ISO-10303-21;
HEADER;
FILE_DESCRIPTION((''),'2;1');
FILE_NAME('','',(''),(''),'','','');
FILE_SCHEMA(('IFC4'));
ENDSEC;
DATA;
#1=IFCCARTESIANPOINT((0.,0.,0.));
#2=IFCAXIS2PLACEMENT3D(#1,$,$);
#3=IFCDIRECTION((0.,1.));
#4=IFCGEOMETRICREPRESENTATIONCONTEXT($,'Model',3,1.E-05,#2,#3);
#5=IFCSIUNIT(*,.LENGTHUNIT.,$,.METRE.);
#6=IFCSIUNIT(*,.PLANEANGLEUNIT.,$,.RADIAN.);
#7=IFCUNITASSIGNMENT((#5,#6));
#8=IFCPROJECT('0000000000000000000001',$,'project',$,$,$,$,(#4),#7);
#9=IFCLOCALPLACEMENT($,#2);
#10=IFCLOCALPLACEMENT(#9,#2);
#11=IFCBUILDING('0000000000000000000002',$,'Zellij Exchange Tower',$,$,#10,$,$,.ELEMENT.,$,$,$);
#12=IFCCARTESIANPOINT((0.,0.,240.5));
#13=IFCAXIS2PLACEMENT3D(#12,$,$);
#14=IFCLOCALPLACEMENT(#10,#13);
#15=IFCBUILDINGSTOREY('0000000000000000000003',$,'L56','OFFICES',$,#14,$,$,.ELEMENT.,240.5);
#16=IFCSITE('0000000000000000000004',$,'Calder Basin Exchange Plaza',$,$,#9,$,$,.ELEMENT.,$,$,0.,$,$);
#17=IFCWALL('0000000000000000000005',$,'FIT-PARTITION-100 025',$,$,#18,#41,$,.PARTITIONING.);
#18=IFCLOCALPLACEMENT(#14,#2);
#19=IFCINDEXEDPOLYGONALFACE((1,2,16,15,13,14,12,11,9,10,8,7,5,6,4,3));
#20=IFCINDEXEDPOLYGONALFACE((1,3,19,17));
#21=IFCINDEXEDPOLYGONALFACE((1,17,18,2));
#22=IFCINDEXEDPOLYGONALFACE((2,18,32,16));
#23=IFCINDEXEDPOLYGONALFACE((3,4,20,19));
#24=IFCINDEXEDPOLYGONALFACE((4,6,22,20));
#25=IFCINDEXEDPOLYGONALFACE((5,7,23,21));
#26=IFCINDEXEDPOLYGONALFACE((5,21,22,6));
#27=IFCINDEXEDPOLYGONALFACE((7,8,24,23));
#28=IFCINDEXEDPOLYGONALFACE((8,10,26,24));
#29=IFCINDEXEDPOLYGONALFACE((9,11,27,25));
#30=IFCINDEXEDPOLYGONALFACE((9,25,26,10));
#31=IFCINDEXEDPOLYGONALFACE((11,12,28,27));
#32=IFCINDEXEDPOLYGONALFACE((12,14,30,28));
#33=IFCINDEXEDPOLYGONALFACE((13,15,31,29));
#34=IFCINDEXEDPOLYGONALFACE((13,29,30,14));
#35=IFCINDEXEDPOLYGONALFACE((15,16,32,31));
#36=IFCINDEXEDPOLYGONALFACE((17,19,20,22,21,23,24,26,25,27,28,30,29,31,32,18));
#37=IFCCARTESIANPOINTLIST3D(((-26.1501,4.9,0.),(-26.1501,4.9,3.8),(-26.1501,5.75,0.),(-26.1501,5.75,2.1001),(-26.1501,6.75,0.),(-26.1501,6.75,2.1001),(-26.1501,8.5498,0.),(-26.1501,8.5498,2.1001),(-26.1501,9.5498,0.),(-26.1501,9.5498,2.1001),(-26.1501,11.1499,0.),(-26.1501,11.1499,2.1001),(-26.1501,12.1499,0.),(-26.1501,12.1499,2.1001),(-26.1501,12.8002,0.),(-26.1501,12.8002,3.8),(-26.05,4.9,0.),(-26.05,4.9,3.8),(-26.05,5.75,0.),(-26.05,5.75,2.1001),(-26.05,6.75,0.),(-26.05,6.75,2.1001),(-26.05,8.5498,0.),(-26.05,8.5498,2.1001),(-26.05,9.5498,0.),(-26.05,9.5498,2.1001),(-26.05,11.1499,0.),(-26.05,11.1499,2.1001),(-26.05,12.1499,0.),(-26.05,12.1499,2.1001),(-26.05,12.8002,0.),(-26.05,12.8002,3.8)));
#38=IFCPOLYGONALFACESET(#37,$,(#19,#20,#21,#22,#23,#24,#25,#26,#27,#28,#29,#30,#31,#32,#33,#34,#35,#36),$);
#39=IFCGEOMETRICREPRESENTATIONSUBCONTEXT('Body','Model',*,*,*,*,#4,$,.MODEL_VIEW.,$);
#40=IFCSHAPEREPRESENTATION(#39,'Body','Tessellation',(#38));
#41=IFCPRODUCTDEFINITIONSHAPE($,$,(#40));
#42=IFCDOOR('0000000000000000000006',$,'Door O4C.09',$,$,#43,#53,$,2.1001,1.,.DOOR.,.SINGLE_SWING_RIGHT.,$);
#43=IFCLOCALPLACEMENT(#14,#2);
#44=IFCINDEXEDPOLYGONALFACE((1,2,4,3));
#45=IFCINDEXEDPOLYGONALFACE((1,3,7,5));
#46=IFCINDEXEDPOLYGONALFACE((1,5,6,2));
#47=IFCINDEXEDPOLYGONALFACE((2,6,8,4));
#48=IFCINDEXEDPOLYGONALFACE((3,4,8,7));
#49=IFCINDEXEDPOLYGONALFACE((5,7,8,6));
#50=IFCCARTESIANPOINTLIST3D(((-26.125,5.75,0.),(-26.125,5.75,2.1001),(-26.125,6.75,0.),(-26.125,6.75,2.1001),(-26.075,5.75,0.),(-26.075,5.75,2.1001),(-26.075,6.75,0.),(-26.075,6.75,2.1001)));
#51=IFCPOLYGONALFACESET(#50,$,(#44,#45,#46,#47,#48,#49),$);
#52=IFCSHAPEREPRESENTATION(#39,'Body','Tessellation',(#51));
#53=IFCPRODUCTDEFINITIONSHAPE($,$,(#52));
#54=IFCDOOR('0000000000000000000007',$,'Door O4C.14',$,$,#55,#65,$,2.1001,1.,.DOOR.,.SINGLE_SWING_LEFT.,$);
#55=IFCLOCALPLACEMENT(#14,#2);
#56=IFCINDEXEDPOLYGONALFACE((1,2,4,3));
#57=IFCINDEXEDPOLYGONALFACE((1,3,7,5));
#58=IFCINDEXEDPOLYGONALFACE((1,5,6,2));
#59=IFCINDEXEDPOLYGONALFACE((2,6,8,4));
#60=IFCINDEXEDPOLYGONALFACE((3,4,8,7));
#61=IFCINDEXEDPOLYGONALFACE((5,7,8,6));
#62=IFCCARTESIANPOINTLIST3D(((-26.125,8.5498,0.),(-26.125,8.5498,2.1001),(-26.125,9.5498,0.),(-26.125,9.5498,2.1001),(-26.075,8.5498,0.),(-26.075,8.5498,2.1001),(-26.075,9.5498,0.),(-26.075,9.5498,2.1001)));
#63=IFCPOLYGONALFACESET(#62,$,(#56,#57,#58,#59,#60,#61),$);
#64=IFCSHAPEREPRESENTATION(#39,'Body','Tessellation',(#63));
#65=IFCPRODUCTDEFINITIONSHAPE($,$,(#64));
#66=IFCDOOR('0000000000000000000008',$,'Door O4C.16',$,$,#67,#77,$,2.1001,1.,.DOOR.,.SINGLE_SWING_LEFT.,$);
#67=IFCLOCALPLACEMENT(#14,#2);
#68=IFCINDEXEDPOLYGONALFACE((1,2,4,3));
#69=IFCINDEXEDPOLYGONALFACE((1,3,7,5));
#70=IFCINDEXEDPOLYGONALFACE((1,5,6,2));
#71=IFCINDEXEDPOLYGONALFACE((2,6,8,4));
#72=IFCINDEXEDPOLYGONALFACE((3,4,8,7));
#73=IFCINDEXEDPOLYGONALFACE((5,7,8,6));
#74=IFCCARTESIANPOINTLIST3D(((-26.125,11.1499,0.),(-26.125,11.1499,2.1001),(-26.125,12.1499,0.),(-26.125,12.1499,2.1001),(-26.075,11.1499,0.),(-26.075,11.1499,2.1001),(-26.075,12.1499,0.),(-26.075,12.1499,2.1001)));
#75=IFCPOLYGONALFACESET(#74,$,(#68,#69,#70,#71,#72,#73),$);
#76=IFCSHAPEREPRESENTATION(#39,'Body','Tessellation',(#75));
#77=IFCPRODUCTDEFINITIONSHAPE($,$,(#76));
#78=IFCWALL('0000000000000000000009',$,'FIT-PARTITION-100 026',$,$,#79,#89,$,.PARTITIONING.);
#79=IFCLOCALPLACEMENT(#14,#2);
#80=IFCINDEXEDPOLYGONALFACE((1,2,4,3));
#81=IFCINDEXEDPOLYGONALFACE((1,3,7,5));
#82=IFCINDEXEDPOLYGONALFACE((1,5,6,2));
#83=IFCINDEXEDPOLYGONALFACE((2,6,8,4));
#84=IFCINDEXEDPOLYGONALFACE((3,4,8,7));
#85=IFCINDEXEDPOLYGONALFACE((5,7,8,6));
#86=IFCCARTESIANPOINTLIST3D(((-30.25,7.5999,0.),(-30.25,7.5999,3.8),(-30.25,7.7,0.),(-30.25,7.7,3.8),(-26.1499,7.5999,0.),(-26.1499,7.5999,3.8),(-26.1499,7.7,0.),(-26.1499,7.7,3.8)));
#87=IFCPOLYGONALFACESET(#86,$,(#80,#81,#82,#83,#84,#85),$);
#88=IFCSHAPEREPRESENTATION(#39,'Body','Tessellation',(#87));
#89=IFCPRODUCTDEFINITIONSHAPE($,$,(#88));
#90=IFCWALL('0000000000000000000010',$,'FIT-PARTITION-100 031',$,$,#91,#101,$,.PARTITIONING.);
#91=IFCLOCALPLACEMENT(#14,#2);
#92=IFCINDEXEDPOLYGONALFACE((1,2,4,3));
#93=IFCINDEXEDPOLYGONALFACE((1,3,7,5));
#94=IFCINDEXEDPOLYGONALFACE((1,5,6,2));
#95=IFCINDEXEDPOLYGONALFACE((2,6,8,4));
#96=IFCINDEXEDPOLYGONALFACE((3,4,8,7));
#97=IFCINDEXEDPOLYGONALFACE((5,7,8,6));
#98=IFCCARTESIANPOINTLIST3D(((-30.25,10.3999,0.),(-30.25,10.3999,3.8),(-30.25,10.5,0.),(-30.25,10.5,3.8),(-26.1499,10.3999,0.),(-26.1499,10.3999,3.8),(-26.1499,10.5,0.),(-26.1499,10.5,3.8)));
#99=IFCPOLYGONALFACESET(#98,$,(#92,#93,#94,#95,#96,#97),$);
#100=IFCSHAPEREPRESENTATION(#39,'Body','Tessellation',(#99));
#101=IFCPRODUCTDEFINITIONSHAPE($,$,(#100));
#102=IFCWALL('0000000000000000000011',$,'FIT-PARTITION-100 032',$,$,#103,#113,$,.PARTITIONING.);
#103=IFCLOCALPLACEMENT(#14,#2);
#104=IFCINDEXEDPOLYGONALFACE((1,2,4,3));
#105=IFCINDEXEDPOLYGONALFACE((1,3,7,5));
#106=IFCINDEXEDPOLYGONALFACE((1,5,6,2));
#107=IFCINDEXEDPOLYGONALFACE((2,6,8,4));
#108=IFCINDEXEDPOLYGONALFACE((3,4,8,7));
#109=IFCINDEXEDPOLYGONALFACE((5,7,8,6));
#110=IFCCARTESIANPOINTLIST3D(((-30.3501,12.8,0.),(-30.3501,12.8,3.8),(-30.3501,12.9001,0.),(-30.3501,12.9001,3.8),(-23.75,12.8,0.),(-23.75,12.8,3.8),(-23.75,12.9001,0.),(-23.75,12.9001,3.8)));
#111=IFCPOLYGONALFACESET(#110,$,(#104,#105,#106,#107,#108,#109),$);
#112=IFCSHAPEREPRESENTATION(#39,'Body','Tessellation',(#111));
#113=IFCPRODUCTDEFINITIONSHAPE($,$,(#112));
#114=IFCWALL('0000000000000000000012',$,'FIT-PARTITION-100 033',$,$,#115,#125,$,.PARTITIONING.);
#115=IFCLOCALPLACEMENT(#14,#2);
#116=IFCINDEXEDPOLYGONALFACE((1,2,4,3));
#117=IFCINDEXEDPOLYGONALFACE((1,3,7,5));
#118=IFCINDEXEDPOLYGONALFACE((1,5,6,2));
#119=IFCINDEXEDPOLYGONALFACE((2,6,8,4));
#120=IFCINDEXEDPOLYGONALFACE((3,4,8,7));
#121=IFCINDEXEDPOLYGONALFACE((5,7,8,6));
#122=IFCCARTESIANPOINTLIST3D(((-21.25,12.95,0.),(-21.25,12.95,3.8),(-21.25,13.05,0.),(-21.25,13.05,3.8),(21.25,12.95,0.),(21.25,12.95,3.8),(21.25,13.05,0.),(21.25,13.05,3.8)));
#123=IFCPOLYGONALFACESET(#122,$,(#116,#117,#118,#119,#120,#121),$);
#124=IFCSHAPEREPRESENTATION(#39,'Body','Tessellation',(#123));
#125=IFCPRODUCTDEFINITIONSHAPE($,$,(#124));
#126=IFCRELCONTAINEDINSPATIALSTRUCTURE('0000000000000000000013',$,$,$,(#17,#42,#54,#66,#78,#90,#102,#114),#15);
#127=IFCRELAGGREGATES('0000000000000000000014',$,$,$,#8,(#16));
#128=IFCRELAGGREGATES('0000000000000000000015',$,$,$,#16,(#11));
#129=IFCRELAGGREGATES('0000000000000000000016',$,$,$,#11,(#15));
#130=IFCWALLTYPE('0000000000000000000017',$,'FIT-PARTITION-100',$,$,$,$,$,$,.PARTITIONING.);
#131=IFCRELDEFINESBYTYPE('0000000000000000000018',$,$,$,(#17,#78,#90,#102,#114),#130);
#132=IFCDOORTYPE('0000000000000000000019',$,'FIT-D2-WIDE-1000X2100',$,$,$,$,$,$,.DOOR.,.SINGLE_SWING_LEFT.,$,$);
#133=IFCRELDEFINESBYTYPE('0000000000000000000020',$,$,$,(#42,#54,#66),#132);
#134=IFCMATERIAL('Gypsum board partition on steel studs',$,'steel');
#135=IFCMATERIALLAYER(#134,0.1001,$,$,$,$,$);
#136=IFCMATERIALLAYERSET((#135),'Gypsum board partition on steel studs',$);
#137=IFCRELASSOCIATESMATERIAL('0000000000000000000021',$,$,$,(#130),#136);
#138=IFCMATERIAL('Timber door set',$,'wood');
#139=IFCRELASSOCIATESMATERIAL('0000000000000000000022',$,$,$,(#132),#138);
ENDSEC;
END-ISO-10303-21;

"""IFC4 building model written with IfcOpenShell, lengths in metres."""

from ifc_helpers import new_model, si_unit, direction, frame, frame_2d, origin, place, context, subcontext, project, spatial, rectangle, extrude, material, layer, layer_set, type_object, element, fill, save


model = new_model("IFC4")

# Units and contexts
model_context = context("Model", 3, precision=1e-05, world=origin(), true_north=direction((0.0, 1.0)))
body_context = subcontext(model_context, "Body", "Model", "MODEL_VIEW")
ifc_project = project(units=[si_unit("LENGTHUNIT", "METRE"), si_unit("PLANEANGLEUNIT", "RADIAN")], contexts=[model_context])

# Site, building, storey
site_placement = place(None, origin())
site = spatial("IfcSite", under=ifc_project, at=site_placement, Name="Calder Basin Exchange Plaza", CompositionType="ELEMENT", RefElevation=0.0)
building_placement = place(site_placement, origin())
building = spatial("IfcBuilding", under=site, at=building_placement, Name="Zellij Exchange Tower", CompositionType="ELEMENT")
storey_placement = place(building_placement, frame((0.0, 0.0, 240.5)))
storey = spatial("IfcBuildingStorey", under=building, at=storey_placement, Name="L56", Description="OFFICES", CompositionType="ELEMENT", Elevation=240.5)

# Shared definitions
ifc_material_1 = material(Name="Gypsum board partition on steel studs", Category="steel")
ifc_layer = layer(ifc_material_1, 0.1001)
ifc_layer_set = layer_set([ifc_layer], Name="Gypsum board partition on steel studs")
wall_type = type_object("IfcWallType", Name="FIT-PARTITION-100", PredefinedType="PARTITIONING", material=ifc_layer_set)

# Wall, openings, doors
wall_1_placement = place(storey_placement, frame((-26.1001, 4.8999, 0.0), z_axis=(0.0, 0.0, 1.0), x_axis=(0.0, 1.0, 0.0)))
wall_1 = element("IfcWall", 1, at=wall_1_placement, inside=storey, type_object=wall_type, Name="FIT-PARTITION-100 025", PredefinedType="PARTITIONING", context=body_context, shape_type="SweptSolid", body=[
    extrude(rectangle(XDim=7.9001, YDim=0.1001, at=frame_2d((3.9502, 0.0))), origin(), (0.0, 0.0, 1.0), 3.8),
])
opening_1_placement = place(wall_1_placement, frame((0.8501, 0.0, 0.0)))
opening_1 = element("IfcOpeningElement", 2, at=opening_1_placement, cuts=wall_1, PredefinedType="OPENING", context=body_context, shape_type="SweptSolid", body=[
    extrude(rectangle(XDim=1.0, YDim=2.1001, at=frame_2d((0.5, 1.05))), frame((0.0, 0.062, 0.0), z_axis=(0.0, -1.0, 0.0), x_axis=(1.0, 0.0, 0.0)), (0.0, 0.0, 1.0), 0.124),
])
opening_2_placement = place(wall_1_placement, frame((3.6499, 0.0, 0.0)))
opening_2 = element("IfcOpeningElement", 3, at=opening_2_placement, cuts=wall_1, PredefinedType="OPENING", context=body_context, shape_type="SweptSolid", body=[
    extrude(rectangle(XDim=1.0, YDim=2.1001, at=frame_2d((0.5, 1.05))), frame((0.0, 0.062, 0.0), z_axis=(0.0, -1.0, 0.0), x_axis=(1.0, 0.0, 0.0)), (0.0, 0.0, 1.0), 0.124),
])
opening_3_placement = place(wall_1_placement, frame((6.25, 0.0, 0.0)))
opening_3 = element("IfcOpeningElement", 4, at=opening_3_placement, cuts=wall_1, PredefinedType="OPENING", context=body_context, shape_type="SweptSolid", body=[
    extrude(rectangle(XDim=1.0, YDim=2.1001, at=frame_2d((0.5, 1.05))), frame((0.0, 0.062, 0.0), z_axis=(0.0, -1.0, 0.0), x_axis=(1.0, 0.0, 0.0)), (0.0, 0.0, 1.0), 0.124),
])
ifc_material_2 = material(Name="Timber door set", Category="wood")
door_type = type_object("IfcDoorType", Name="FIT-D2-WIDE-1000X2100", OperationType="SINGLE_SWING_LEFT", PredefinedType="DOOR", material=ifc_material_2)
door_1_placement = place(opening_1_placement, origin())
door_1 = element("IfcDoor", 5, at=door_1_placement, inside=storey, type_object=door_type, Name="Door O4C.09", OperationType="SINGLE_SWING_RIGHT", OverallHeight=2.1001, OverallWidth=1.0, PredefinedType="DOOR", context=body_context, shape_type="SweptSolid", body=[
    extrude(rectangle(XDim=1.0, YDim=2.1001, at=frame_2d((0.5, 1.05))), frame((0.0, 0.0249, 0.0), z_axis=(0.0, -1.0, 0.0), x_axis=(1.0, 0.0, 0.0)), (0.0, 0.0, 1.0), 0.05),
])
fill(opening_1, door_1)
door_2_placement = place(opening_2_placement, origin())
door_2 = element("IfcDoor", 6, at=door_2_placement, inside=storey, type_object=door_type, Name="Door O4C.14", OperationType="SINGLE_SWING_LEFT", OverallHeight=2.1001, OverallWidth=1.0, PredefinedType="DOOR", context=body_context, shape_type="SweptSolid", body=[
    extrude(rectangle(XDim=1.0, YDim=2.1001, at=frame_2d((0.5, 1.05))), frame((0.0, 0.0249, 0.0), z_axis=(0.0, -1.0, 0.0), x_axis=(1.0, 0.0, 0.0)), (0.0, 0.0, 1.0), 0.05),
])
fill(opening_2, door_2)
door_3_placement = place(opening_3_placement, origin())
door_3 = element("IfcDoor", 7, at=door_3_placement, inside=storey, type_object=door_type, Name="Door O4C.16", OperationType="SINGLE_SWING_LEFT", OverallHeight=2.1001, OverallWidth=1.0, PredefinedType="DOOR", context=body_context, shape_type="SweptSolid", body=[
    extrude(rectangle(XDim=1.0, YDim=2.1001, at=frame_2d((0.5, 1.05))), frame((0.0, 0.0249, 0.0), z_axis=(0.0, -1.0, 0.0), x_axis=(1.0, 0.0, 0.0)), (0.0, 0.0, 1.0), 0.05),
])
fill(opening_3, door_3)

# Walls
for number, where, z_axis, x_axis, name in (
    (8, (-30.25, 7.6499, 0.0), (0.0, 0.0, 1.0), (1.0, 0.0, 0.0), "FIT-PARTITION-100 026"),
    (9, (-30.25, 10.45, 0.0), (0.0, 0.0, 1.0), (1.0, 0.0, 0.0), "FIT-PARTITION-100 031"),
):
    element("IfcWall", number, at=place(storey_placement, frame(where, z_axis=z_axis, x_axis=x_axis)), inside=storey, type_object=wall_type, Name=name, PredefinedType="PARTITIONING", context=body_context, shape_type="SweptSolid", body=[
        extrude(rectangle(XDim=4.1001, YDim=0.1001, at=frame_2d((2.05, 0.0))), origin(), (0.0, 0.0, 1.0), 3.8),
    ])
wall_2_placement = place(storey_placement, frame((-30.3501, 12.8501, 0.0), z_axis=(0.0, 0.0, 1.0), x_axis=(1.0, 0.0, 0.0)))
element("IfcWall", 10, at=wall_2_placement, inside=storey, type_object=wall_type, Name="FIT-PARTITION-100 032", PredefinedType="PARTITIONING", context=body_context, shape_type="SweptSolid", body=[
    extrude(rectangle(XDim=6.6001, YDim=0.1001, at=frame_2d((3.3, 0.0))), origin(), (0.0, 0.0, 1.0), 3.8),
])
wall_3_placement = place(storey_placement, frame((-21.25, 13.0, 0.0), z_axis=(0.0, 0.0, 1.0), x_axis=(1.0, 0.0, 0.0)))
element("IfcWall", 11, at=wall_3_placement, inside=storey, type_object=wall_type, Name="FIT-PARTITION-100 033", PredefinedType="PARTITIONING", context=body_context, shape_type="SweptSolid", body=[
    extrude(rectangle(XDim=42.5, YDim=0.1001, at=frame_2d((21.25, 0.0))), origin(), (0.0, 0.0, 1.0), 3.8),
])

save(model, "model.ifc")
